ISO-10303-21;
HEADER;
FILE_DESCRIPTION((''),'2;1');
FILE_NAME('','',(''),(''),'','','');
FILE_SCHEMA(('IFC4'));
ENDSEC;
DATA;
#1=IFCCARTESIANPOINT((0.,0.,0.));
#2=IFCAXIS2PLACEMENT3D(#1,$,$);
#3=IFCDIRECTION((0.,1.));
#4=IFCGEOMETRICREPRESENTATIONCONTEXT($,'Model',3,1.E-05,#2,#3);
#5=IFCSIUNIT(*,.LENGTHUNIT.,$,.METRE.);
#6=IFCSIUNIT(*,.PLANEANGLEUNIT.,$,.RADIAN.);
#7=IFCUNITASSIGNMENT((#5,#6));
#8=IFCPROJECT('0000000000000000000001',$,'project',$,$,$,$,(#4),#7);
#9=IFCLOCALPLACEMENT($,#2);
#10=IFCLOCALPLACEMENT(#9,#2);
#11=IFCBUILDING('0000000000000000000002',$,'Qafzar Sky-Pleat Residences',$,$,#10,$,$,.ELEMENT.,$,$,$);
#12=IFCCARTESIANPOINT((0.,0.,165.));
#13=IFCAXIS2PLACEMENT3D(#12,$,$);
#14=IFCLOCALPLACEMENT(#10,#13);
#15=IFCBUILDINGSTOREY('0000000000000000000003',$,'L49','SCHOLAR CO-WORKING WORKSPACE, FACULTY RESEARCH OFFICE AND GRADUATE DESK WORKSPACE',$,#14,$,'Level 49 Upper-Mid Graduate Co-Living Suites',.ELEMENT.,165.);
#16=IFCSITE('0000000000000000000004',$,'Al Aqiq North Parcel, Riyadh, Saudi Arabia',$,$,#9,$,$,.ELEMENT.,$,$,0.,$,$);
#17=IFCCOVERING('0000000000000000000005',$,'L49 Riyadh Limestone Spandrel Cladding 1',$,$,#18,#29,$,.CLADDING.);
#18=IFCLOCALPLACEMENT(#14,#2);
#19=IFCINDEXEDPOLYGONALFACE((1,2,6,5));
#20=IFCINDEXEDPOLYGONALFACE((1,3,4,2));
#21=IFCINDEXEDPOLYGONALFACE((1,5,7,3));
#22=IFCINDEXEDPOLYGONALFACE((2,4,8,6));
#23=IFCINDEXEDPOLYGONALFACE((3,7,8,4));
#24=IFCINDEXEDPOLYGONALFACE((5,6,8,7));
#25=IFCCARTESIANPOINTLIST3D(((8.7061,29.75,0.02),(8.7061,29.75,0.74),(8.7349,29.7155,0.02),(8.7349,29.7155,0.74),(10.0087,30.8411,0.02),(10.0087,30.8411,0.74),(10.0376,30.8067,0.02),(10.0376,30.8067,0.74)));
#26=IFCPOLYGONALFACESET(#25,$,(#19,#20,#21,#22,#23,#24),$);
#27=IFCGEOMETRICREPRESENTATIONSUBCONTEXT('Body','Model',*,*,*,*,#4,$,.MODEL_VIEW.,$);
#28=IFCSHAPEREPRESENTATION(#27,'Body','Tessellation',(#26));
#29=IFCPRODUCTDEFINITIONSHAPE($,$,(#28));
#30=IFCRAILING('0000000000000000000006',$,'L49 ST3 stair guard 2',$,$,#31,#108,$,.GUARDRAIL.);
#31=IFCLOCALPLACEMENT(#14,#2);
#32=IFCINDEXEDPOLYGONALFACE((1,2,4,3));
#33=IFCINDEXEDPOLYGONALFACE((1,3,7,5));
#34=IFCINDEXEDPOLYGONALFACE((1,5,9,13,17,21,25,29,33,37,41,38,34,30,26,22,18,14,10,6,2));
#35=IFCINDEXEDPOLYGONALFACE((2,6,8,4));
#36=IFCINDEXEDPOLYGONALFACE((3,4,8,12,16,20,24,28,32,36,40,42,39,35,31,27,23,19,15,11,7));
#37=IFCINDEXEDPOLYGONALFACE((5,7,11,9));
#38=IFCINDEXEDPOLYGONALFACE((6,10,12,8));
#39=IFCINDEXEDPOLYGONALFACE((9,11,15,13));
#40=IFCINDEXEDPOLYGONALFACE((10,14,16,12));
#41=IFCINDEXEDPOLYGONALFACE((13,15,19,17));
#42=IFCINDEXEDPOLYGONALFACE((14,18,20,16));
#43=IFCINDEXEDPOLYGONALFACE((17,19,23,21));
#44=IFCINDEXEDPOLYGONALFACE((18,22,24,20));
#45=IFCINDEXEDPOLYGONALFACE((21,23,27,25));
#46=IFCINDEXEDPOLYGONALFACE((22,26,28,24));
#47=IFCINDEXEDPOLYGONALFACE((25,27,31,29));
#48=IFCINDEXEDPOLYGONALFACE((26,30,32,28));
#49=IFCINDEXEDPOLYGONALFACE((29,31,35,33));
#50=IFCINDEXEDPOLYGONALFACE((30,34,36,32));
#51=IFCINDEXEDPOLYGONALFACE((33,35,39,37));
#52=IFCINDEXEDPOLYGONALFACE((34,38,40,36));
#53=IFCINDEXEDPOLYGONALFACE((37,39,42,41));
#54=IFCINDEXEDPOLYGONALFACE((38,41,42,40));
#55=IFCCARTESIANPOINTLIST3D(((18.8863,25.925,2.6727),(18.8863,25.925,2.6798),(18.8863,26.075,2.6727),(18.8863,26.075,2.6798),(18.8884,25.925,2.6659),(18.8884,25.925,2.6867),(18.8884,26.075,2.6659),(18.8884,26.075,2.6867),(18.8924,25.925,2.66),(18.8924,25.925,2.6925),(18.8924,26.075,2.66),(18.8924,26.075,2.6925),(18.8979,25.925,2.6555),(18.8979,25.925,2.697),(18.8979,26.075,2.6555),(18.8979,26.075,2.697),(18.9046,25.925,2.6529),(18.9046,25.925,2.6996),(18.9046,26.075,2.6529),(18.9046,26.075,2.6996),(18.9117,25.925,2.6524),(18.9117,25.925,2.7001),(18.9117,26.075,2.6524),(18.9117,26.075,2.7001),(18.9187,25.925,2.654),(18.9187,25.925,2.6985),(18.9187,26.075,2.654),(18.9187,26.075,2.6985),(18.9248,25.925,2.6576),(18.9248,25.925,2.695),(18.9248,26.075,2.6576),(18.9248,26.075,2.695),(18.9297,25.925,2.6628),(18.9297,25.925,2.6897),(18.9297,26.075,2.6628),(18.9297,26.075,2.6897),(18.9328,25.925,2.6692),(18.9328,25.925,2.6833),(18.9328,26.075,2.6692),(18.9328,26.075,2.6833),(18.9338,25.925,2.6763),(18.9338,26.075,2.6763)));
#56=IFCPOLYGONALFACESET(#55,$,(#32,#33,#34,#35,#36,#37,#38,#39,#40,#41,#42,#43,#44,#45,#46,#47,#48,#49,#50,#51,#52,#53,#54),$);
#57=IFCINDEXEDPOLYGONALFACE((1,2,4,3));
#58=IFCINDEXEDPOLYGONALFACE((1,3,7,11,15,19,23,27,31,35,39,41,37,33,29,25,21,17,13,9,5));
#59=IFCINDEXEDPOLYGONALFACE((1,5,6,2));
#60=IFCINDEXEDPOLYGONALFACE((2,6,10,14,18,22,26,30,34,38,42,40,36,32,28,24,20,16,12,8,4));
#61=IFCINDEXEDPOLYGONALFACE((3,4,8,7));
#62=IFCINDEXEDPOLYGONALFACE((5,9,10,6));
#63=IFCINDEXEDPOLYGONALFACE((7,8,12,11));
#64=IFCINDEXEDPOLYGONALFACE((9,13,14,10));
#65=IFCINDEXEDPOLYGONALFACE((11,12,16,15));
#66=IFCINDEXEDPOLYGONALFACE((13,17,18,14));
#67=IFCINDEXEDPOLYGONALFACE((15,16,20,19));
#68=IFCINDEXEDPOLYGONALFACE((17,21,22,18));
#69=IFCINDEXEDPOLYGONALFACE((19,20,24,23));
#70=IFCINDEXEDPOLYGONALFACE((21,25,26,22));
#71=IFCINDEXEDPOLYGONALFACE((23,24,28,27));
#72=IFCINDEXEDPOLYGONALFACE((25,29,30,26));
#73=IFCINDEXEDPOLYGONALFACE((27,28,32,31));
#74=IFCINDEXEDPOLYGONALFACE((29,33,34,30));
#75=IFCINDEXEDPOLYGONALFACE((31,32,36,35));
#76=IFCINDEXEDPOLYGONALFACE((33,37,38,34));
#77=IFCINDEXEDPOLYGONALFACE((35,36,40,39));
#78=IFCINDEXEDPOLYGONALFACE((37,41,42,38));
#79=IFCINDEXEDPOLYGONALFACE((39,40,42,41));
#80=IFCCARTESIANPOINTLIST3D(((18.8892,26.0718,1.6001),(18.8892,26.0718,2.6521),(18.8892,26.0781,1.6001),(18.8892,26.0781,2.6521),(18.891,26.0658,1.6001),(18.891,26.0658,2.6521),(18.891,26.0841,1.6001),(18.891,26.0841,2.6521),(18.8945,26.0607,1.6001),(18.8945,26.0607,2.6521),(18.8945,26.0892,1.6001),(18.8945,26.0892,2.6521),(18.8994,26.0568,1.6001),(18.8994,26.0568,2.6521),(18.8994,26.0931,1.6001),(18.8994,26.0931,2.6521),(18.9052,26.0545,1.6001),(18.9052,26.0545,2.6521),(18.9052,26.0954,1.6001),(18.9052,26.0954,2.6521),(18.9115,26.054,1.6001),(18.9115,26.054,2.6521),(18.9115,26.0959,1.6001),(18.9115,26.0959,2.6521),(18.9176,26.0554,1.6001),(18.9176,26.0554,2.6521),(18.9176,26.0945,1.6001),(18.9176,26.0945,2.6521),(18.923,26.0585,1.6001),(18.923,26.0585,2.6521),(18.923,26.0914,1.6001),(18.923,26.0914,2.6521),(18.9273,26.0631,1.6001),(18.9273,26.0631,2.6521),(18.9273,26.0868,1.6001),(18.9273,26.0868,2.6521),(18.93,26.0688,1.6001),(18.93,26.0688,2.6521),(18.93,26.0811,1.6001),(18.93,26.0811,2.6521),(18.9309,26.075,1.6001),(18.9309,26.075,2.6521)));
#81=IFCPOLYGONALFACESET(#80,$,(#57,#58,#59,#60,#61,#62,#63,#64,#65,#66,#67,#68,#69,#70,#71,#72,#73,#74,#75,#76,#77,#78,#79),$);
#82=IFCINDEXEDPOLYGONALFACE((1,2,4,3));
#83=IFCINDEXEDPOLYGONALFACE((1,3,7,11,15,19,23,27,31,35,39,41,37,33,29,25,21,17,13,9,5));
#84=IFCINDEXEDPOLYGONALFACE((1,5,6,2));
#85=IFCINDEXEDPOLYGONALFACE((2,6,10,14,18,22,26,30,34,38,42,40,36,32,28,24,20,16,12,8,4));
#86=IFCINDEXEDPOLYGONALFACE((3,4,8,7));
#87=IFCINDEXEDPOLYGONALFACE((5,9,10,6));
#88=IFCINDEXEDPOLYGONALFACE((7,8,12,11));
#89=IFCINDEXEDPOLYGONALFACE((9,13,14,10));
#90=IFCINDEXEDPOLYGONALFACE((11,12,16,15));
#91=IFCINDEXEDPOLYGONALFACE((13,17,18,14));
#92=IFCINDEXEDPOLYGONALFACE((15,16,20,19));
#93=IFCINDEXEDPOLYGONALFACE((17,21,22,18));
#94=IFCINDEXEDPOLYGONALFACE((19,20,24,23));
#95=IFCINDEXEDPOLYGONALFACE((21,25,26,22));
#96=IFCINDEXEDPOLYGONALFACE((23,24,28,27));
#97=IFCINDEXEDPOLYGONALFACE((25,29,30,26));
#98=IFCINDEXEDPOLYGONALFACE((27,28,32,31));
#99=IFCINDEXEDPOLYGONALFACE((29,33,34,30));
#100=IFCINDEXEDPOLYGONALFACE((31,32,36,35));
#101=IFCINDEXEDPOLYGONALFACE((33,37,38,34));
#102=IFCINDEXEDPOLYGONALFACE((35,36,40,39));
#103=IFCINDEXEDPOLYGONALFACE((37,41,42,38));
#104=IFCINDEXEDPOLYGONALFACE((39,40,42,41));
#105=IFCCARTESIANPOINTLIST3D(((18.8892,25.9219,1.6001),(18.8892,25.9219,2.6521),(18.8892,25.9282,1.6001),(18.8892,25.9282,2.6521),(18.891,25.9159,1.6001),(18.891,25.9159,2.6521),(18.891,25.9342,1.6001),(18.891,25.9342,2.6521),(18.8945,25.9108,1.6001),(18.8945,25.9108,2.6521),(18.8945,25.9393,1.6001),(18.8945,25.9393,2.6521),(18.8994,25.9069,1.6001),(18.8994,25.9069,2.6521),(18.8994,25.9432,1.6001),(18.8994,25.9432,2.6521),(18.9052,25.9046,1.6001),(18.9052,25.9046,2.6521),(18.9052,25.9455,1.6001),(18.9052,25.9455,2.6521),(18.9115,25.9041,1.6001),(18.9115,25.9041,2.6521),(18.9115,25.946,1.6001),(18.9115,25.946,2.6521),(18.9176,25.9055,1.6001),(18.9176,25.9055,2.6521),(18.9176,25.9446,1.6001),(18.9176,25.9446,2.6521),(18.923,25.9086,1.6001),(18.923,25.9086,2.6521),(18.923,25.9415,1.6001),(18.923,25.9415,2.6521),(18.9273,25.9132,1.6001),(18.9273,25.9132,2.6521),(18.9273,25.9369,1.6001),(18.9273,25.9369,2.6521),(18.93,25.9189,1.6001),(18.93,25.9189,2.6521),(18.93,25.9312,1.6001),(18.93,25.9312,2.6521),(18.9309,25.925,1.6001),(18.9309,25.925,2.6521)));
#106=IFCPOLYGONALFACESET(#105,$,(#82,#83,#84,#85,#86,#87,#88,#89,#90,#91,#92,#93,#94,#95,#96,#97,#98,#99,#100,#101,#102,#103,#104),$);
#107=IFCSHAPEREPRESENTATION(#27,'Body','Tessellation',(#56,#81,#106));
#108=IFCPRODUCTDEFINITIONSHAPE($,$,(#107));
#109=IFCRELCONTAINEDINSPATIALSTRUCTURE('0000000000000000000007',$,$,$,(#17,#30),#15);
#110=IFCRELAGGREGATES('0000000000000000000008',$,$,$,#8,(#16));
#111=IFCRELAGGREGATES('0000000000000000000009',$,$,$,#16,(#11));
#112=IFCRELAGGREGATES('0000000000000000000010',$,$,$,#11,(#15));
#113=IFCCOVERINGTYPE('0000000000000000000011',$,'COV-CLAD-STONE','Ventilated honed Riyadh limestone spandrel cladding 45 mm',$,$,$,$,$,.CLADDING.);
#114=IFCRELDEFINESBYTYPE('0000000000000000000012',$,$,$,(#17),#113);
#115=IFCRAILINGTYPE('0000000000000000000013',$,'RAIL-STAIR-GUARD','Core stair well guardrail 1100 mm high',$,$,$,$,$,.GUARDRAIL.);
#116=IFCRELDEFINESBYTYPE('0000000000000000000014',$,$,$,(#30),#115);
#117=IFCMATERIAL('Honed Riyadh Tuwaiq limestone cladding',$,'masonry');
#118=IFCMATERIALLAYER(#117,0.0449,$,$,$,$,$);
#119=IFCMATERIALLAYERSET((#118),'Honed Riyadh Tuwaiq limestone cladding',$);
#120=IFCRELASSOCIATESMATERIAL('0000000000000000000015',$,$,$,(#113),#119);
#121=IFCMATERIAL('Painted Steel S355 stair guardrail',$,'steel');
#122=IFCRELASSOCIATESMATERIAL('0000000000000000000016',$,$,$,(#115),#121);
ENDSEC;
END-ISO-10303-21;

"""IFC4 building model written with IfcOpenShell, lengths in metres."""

from ifc_helpers import new_model, si_unit, direction, frame, origin, origin_2d, place, context, subcontext, project, spatial, rectangle, circle, extrude, source, transform, mapped, material, layer, layer_set, type_object, element, save


model = new_model("IFC4")

# Units and contexts
model_context = context("Model", 3, precision=1e-05, world=origin(), true_north=direction((0.0, 1.0)))
body_context = subcontext(model_context, "Body", "Model", "MODEL_VIEW")
ifc_project = project(units=[si_unit("LENGTHUNIT", "METRE"), si_unit("PLANEANGLEUNIT", "RADIAN")], contexts=[model_context])

# Site, building, storey
site_placement = place(None, origin())
site = spatial("IfcSite", under=ifc_project, at=site_placement, Name="Al Aqiq North Parcel, Riyadh, Saudi Arabia", CompositionType="ELEMENT", RefElevation=0.0)
building_placement = place(site_placement, origin())
building = spatial("IfcBuilding", under=site, at=building_placement, Name="Qafzar Sky-Pleat Residences", CompositionType="ELEMENT")
storey_placement = place(building_placement, frame((0.0, 0.0, 165.0)))
storey = spatial("IfcBuildingStorey", under=building, at=storey_placement, Name="L49", Description="SCHOLAR CO-WORKING WORKSPACE, FACULTY RESEARCH OFFICE AND GRADUATE DESK WORKSPACE", LongName="Level 49 Upper-Mid Graduate Co-Living Suites", CompositionType="ELEMENT", Elevation=165.0)

# Covering
ifc_material_1 = material(Name="Honed Riyadh Tuwaiq limestone cladding", Category="masonry")
ifc_layer_1 = layer(ifc_material_1, 0.0449)
ifc_layer_set_1 = layer_set([ifc_layer_1], Name="Honed Riyadh Tuwaiq limestone cladding")
covering_type = type_object("IfcCoveringType", Name="COV-CLAD-STONE", Description="Ventilated honed Riyadh limestone spandrel cladding 45 mm", PredefinedType="CLADDING", material=ifc_layer_set_1)
shared_shape_1 = source(origin(), body_context, "Body", "SweptSolid", [
    extrude(rectangle(XDim=1.6992, YDim=0.0449, at=origin_2d()), origin(), (0.0, 0.0, 1.0), 0.72),
])
covering_placement = place(storey_placement, frame((9.3718, 30.2783, 0.02), z_axis=(0.0, 0.0, 1.0), x_axis=(-0.766595, -0.642131, 0.0)))
element("IfcCovering", 1, at=covering_placement, inside=storey, type_object=covering_type, Name="L49 Riyadh Limestone Spandrel Cladding 1", PredefinedType="CLADDING", context=body_context, shape_type="MappedRepresentation", body=[
    mapped(shared_shape_1, transform((0.0, 0.0, 0.0), x_axis=(1.0, 0.0, 0.0), y_axis=(0.0, 1.0, 0.0), z_axis=(0.0, 0.0, 1.0), scale=1.0)),
])

# Railing
ifc_material_2 = material(Name="Painted Steel S355 stair guardrail", Category="steel")
railing_type = type_object("IfcRailingType", Name="RAIL-STAIR-GUARD", Description="Core stair well guardrail 1100 mm high", PredefinedType="GUARDRAIL", material=ifc_material_2)
shared_shape_2 = source(origin(), body_context, "Body", "SweptSolid", [
    extrude(circle(Radius=0.0239, at=origin_2d()), frame((0.0, 0.0, 1.0762), z_axis=(0.0, -1.0, 0.0), x_axis=(1.0, 0.0, 0.0)), (0.0, 0.0, 1.0), 0.1499),
    extrude(circle(Radius=0.021, at=origin_2d()), origin(), (0.0, 0.0, 1.0), 1.052),
    extrude(circle(Radius=0.021, at=origin_2d()), frame((0.0, -0.1499, 0.0)), (0.0, 0.0, 1.0), 1.052),
])
railing_1_placement = place(storey_placement, frame((18.9099, 26.075, 1.6001)))
element("IfcRailing", 2, at=railing_1_placement, inside=storey, type_object=railing_type, Name="L49 ST3 stair guard 2", PredefinedType="GUARDRAIL", context=body_context, shape_type="MappedRepresentation", body=[
    mapped(shared_shape_2, transform((0.0, 0.0, 0.0), x_axis=(1.0, 0.0, 0.0), y_axis=(0.0, 1.0, 0.0), z_axis=(0.0, 0.0, 1.0), scale=1.0)),
])

save(model, "model.ifc")
